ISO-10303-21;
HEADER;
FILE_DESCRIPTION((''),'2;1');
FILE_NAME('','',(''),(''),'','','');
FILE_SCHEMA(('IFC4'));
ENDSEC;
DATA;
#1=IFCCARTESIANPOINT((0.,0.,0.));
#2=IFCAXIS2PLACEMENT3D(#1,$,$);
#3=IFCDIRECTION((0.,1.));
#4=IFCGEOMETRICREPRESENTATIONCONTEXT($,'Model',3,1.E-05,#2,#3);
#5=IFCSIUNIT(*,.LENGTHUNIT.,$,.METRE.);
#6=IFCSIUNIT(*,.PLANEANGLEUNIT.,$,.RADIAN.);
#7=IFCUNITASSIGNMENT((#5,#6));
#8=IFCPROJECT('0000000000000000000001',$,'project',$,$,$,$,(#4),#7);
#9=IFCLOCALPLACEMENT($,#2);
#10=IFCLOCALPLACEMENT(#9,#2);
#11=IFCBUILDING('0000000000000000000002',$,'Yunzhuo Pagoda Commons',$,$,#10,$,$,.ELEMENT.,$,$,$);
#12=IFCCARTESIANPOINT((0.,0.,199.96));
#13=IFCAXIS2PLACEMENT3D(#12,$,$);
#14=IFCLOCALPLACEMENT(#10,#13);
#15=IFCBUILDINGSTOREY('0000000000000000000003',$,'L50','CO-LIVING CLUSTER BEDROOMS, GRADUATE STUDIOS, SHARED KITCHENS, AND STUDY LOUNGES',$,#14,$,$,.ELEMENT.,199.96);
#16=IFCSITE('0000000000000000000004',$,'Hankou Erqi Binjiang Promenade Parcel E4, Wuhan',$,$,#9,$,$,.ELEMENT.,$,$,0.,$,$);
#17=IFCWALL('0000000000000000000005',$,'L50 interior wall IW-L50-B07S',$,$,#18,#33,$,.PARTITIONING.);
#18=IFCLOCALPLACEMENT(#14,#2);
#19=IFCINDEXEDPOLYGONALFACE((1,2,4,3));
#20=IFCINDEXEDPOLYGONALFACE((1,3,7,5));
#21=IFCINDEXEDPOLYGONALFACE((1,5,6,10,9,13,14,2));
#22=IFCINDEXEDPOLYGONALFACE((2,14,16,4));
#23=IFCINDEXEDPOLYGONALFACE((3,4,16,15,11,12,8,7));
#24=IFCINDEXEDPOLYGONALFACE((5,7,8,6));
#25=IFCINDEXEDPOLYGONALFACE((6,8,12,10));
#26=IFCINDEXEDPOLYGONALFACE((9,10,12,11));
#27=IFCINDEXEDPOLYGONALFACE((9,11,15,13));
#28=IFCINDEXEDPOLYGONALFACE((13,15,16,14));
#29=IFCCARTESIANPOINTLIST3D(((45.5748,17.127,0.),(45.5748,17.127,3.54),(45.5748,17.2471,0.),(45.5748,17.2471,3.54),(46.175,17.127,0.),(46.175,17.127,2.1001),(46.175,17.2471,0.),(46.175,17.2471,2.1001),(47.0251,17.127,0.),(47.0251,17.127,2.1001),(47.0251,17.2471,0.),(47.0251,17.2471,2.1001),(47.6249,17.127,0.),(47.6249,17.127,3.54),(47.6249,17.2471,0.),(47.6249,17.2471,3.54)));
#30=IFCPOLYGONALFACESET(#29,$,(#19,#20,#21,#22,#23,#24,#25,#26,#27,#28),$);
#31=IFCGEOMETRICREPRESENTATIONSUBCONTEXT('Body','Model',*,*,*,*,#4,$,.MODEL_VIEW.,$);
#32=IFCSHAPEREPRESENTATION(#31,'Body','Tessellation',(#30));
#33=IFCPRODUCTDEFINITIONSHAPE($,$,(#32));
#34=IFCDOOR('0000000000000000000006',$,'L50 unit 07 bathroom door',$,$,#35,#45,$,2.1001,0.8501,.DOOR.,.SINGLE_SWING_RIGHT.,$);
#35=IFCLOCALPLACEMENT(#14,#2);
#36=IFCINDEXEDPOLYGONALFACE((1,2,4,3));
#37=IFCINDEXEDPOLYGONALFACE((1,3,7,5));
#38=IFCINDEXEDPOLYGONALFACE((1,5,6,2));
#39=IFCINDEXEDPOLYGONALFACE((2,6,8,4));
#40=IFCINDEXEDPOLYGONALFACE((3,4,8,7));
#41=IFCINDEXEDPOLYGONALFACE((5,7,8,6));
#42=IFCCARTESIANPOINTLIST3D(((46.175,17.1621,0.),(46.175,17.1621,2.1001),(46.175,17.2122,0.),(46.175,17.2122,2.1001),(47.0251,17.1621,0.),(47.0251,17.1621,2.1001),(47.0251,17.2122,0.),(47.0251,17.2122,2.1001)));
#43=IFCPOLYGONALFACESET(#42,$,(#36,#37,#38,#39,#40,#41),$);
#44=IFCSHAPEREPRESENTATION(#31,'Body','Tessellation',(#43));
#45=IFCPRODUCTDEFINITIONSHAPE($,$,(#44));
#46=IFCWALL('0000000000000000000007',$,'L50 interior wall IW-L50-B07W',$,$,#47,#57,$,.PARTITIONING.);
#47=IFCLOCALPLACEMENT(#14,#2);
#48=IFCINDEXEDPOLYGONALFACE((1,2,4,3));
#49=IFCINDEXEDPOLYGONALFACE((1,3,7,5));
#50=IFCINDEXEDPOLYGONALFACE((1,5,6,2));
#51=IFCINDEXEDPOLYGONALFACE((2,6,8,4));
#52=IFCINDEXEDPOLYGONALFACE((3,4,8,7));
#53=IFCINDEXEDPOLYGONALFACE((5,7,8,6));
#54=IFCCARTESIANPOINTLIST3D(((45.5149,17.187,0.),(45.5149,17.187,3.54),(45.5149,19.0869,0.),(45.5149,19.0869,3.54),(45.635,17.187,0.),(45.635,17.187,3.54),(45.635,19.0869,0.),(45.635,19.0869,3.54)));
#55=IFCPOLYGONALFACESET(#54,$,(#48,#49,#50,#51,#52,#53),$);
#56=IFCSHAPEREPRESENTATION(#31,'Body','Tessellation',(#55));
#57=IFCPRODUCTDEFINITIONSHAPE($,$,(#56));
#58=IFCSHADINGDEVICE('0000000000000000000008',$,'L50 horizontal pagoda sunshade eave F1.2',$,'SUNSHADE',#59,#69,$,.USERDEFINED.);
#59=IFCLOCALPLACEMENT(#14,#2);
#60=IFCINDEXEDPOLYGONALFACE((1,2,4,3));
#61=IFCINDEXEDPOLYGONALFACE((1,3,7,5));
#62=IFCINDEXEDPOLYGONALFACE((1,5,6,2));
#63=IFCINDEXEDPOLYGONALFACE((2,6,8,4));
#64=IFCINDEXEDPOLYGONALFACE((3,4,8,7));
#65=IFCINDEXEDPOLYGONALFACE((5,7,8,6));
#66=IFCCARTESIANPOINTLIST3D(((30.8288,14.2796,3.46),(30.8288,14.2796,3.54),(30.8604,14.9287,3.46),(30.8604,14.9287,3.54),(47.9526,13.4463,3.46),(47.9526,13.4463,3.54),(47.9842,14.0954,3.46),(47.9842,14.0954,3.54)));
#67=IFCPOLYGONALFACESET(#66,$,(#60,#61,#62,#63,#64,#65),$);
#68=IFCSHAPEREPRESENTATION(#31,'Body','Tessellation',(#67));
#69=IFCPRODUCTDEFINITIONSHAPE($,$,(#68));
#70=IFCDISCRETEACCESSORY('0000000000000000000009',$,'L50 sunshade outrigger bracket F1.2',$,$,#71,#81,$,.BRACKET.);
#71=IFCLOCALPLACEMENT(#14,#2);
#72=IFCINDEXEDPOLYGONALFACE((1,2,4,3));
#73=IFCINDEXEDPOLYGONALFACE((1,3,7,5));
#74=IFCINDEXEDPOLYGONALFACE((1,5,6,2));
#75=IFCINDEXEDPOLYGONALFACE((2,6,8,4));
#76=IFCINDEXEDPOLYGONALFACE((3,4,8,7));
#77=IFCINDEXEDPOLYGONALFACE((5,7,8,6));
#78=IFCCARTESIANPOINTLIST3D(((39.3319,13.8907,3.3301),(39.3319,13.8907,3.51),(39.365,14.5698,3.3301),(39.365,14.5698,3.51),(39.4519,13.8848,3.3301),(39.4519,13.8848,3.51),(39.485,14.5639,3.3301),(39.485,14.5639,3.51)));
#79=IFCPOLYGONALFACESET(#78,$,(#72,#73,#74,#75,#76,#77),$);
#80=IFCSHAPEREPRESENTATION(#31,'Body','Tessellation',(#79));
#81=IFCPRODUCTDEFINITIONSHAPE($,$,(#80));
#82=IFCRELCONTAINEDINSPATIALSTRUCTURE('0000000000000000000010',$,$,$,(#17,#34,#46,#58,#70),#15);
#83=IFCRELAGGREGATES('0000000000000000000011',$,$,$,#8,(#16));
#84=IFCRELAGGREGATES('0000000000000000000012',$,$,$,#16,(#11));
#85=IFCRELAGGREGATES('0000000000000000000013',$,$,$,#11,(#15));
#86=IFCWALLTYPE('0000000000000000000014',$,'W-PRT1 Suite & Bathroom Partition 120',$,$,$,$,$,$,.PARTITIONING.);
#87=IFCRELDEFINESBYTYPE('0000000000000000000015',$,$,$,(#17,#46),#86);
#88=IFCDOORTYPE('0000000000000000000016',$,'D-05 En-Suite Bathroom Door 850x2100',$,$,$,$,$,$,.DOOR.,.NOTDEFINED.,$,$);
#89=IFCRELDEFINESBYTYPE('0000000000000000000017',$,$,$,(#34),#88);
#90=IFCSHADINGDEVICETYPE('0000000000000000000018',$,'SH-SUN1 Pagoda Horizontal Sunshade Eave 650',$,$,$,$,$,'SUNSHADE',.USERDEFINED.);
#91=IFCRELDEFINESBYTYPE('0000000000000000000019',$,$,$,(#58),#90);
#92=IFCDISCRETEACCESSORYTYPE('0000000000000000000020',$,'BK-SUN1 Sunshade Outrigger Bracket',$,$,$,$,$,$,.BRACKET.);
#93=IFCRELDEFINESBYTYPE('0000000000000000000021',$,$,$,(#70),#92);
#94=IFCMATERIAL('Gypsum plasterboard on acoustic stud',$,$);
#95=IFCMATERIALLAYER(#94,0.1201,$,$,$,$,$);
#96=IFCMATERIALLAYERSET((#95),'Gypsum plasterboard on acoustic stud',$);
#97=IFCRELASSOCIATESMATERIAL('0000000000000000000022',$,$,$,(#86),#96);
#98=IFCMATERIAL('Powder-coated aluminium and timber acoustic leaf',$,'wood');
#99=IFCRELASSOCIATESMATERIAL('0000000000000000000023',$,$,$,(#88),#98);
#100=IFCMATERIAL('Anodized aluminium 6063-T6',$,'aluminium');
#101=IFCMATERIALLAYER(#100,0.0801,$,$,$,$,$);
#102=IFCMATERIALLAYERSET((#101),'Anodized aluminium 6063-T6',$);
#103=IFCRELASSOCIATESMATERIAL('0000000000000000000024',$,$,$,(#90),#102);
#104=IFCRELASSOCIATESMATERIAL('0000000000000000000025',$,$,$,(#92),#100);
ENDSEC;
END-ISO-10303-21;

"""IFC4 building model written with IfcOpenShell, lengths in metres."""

from ifc_helpers import new_model, si_unit, direction, frame, frame_2d, origin, origin_2d, place, context, subcontext, project, spatial, rectangle, extrude, source, transform, mapped, material, layer, layer_set, type_object, element, fill, save


model = new_model("IFC4")

# Units and contexts
model_context = context("Model", 3, precision=1e-05, world=origin(), true_north=direction((0.0, 1.0)))
body_context = subcontext(model_context, "Body", "Model", "MODEL_VIEW")
ifc_project = project(units=[si_unit("LENGTHUNIT", "METRE"), si_unit("PLANEANGLEUNIT", "RADIAN")], contexts=[model_context])

# Site, building, storey
site_placement = place(None, origin())
site = spatial("IfcSite", under=ifc_project, at=site_placement, Name="Hankou Erqi Binjiang Promenade Parcel E4, Wuhan", CompositionType="ELEMENT", RefElevation=0.0)
building_placement = place(site_placement, origin())
building = spatial("IfcBuilding", under=site, at=building_placement, Name="Yunzhuo Pagoda Commons", CompositionType="ELEMENT")
storey_placement = place(building_placement, frame((0.0, 0.0, 199.96)))
storey = spatial("IfcBuildingStorey", under=building, at=storey_placement, Name="L50", Description="CO-LIVING CLUSTER BEDROOMS, GRADUATE STUDIOS, SHARED KITCHENS, AND STUDY LOUNGES", CompositionType="ELEMENT", Elevation=199.96)

# Shared definitions
ifc_material_1 = material(Name="Anodized aluminium 6063-T6", Category="aluminium")

# Wall, opening, door
ifc_material_2 = material(Name="Gypsum plasterboard on acoustic stud")
ifc_layer_1 = layer(ifc_material_2, 0.1201)
ifc_layer_set_1 = layer_set([ifc_layer_1], Name="Gypsum plasterboard on acoustic stud")
wall_type = type_object("IfcWallType", Name="W-PRT1 Suite & Bathroom Partition 120", PredefinedType="PARTITIONING", material=ifc_layer_set_1)
wall_1_placement = place(storey_placement, frame((45.575, 17.187, 0.0), z_axis=(0.0, 0.0, 1.0), x_axis=(1.0, 0.0, 0.0)))
wall_1 = element("IfcWall", 1, at=wall_1_placement, inside=storey, type_object=wall_type, Name="L50 interior wall IW-L50-B07S", PredefinedType="PARTITIONING", context=body_context, shape_type="SweptSolid", body=[
    extrude(rectangle(XDim=2.05, YDim=0.1201, at=frame_2d((1.0249, 0.0))), origin(), (0.0, 0.0, 1.0), 3.54),
])
opening_placement = place(wall_1_placement, frame((0.6001, 0.0, 0.0)))
opening = element("IfcOpeningElement", 2, at=opening_placement, cuts=wall_1, PredefinedType="OPENING", context=body_context, shape_type="SweptSolid", body=[
    extrude(rectangle(XDim=0.8501, YDim=2.1001, at=frame_2d((0.425, 1.05))), frame((0.0, 0.0701, 0.0), z_axis=(0.0, -1.0, 0.0), x_axis=(1.0, 0.0, 0.0)), (0.0, 0.0, 1.0), 0.1401),
])
ifc_material_3 = material(Name="Powder-coated aluminium and timber acoustic leaf", Category="wood")
door_type = type_object("IfcDoorType", Name="D-05 En-Suite Bathroom Door 850x2100", OperationType="NOTDEFINED", PredefinedType="DOOR", material=ifc_material_3)
shared_shape_1 = source(origin(), body_context, "Body", "SweptSolid", [
    extrude(rectangle(XDim=0.8501, YDim=2.1001, at=frame_2d((0.425, 1.05))), frame((0.0, 0.0249, 0.0), z_axis=(0.0, -1.0, 0.0), x_axis=(1.0, 0.0, 0.0)), (0.0, 0.0, 1.0), 0.05),
])
door_placement = place(opening_placement, frame((0.8501, 0.0, 0.0), z_axis=(0.0, 0.0, 1.0), x_axis=(-1.0, 0.0, 0.0)))
door = element("IfcDoor", 3, at=door_placement, inside=storey, type_object=door_type, Name="L50 unit 07 bathroom door", OperationType="SINGLE_SWING_RIGHT", OverallHeight=2.1001, OverallWidth=0.8501, PredefinedType="DOOR", context=body_context, shape_type="MappedRepresentation", body=[
    mapped(shared_shape_1, transform((0.0, 0.0, 0.0), scale=1.0)),
])
fill(opening, door)

# Wall
wall_2_placement = place(storey_placement, frame((45.575, 19.0869, 0.0), z_axis=(0.0, 0.0, 1.0), x_axis=(0.0, -1.0, 0.0)))
element("IfcWall", 4, at=wall_2_placement, inside=storey, type_object=wall_type, Name="L50 interior wall IW-L50-B07W", PredefinedType="PARTITIONING", context=body_context, shape_type="SweptSolid", body=[
    extrude(rectangle(XDim=1.8999, YDim=0.1201, at=frame_2d((0.95, 0.0))), origin(), (0.0, 0.0, 1.0), 3.54),
])

# Shading device
ifc_layer_2 = layer(ifc_material_1, 0.0801)
ifc_layer_set_2 = layer_set([ifc_layer_2], Name="Anodized aluminium 6063-T6")
shading_device_type = type_object("IfcShadingDeviceType", Name="SH-SUN1 Pagoda Horizontal Sunshade Eave 650", ElementType="SUNSHADE", PredefinedType="USERDEFINED", material=ifc_layer_set_2)
shared_shape_2 = source(origin(), body_context, "Body", "SweptSolid", [
    extrude(rectangle(XDim=17.144, YDim=0.6499, at=origin_2d()), origin(), (0.0, 0.0, 1.0), 0.0801),
])
shading_device_placement = place(storey_placement, frame((39.4065, 14.1875, 3.46), z_axis=(0.0, 0.0, 1.0), x_axis=(0.998818, -0.048606, 0.0)))
element("IfcShadingDevice", 5, at=shading_device_placement, inside=storey, type_object=shading_device_type, Name="L50 horizontal pagoda sunshade eave F1.2", ObjectType="SUNSHADE", PredefinedType="USERDEFINED", context=body_context, shape_type="MappedRepresentation", body=[
    mapped(shared_shape_2, transform((0.0, 0.0, 0.0), scale=1.0)),
])

# Discrete accessory
discrete_accessory_type = type_object("IfcDiscreteAccessoryType", Name="BK-SUN1 Sunshade Outrigger Bracket", PredefinedType="BRACKET", material=ifc_material_1)
shared_shape_3 = source(origin(), body_context, "Body", "SweptSolid", [
    extrude(rectangle(XDim=0.1201, YDim=0.6799, at=origin_2d()), origin(), (0.0, 0.0, 1.0), 0.1799),
])
discrete_accessory_placement = place(storey_placement, frame((39.4084, 14.2273, 3.3301), z_axis=(0.0, 0.0, 1.0), x_axis=(0.998818, -0.048606, 0.0)))
element("IfcDiscreteAccessory", 6, at=discrete_accessory_placement, inside=storey, type_object=discrete_accessory_type, Name="L50 sunshade outrigger bracket F1.2", PredefinedType="BRACKET", context=body_context, shape_type="MappedRepresentation", body=[
    mapped(shared_shape_3, transform((0.0, 0.0, 0.0), scale=1.0)),
])

save(model, "model.ifc")
